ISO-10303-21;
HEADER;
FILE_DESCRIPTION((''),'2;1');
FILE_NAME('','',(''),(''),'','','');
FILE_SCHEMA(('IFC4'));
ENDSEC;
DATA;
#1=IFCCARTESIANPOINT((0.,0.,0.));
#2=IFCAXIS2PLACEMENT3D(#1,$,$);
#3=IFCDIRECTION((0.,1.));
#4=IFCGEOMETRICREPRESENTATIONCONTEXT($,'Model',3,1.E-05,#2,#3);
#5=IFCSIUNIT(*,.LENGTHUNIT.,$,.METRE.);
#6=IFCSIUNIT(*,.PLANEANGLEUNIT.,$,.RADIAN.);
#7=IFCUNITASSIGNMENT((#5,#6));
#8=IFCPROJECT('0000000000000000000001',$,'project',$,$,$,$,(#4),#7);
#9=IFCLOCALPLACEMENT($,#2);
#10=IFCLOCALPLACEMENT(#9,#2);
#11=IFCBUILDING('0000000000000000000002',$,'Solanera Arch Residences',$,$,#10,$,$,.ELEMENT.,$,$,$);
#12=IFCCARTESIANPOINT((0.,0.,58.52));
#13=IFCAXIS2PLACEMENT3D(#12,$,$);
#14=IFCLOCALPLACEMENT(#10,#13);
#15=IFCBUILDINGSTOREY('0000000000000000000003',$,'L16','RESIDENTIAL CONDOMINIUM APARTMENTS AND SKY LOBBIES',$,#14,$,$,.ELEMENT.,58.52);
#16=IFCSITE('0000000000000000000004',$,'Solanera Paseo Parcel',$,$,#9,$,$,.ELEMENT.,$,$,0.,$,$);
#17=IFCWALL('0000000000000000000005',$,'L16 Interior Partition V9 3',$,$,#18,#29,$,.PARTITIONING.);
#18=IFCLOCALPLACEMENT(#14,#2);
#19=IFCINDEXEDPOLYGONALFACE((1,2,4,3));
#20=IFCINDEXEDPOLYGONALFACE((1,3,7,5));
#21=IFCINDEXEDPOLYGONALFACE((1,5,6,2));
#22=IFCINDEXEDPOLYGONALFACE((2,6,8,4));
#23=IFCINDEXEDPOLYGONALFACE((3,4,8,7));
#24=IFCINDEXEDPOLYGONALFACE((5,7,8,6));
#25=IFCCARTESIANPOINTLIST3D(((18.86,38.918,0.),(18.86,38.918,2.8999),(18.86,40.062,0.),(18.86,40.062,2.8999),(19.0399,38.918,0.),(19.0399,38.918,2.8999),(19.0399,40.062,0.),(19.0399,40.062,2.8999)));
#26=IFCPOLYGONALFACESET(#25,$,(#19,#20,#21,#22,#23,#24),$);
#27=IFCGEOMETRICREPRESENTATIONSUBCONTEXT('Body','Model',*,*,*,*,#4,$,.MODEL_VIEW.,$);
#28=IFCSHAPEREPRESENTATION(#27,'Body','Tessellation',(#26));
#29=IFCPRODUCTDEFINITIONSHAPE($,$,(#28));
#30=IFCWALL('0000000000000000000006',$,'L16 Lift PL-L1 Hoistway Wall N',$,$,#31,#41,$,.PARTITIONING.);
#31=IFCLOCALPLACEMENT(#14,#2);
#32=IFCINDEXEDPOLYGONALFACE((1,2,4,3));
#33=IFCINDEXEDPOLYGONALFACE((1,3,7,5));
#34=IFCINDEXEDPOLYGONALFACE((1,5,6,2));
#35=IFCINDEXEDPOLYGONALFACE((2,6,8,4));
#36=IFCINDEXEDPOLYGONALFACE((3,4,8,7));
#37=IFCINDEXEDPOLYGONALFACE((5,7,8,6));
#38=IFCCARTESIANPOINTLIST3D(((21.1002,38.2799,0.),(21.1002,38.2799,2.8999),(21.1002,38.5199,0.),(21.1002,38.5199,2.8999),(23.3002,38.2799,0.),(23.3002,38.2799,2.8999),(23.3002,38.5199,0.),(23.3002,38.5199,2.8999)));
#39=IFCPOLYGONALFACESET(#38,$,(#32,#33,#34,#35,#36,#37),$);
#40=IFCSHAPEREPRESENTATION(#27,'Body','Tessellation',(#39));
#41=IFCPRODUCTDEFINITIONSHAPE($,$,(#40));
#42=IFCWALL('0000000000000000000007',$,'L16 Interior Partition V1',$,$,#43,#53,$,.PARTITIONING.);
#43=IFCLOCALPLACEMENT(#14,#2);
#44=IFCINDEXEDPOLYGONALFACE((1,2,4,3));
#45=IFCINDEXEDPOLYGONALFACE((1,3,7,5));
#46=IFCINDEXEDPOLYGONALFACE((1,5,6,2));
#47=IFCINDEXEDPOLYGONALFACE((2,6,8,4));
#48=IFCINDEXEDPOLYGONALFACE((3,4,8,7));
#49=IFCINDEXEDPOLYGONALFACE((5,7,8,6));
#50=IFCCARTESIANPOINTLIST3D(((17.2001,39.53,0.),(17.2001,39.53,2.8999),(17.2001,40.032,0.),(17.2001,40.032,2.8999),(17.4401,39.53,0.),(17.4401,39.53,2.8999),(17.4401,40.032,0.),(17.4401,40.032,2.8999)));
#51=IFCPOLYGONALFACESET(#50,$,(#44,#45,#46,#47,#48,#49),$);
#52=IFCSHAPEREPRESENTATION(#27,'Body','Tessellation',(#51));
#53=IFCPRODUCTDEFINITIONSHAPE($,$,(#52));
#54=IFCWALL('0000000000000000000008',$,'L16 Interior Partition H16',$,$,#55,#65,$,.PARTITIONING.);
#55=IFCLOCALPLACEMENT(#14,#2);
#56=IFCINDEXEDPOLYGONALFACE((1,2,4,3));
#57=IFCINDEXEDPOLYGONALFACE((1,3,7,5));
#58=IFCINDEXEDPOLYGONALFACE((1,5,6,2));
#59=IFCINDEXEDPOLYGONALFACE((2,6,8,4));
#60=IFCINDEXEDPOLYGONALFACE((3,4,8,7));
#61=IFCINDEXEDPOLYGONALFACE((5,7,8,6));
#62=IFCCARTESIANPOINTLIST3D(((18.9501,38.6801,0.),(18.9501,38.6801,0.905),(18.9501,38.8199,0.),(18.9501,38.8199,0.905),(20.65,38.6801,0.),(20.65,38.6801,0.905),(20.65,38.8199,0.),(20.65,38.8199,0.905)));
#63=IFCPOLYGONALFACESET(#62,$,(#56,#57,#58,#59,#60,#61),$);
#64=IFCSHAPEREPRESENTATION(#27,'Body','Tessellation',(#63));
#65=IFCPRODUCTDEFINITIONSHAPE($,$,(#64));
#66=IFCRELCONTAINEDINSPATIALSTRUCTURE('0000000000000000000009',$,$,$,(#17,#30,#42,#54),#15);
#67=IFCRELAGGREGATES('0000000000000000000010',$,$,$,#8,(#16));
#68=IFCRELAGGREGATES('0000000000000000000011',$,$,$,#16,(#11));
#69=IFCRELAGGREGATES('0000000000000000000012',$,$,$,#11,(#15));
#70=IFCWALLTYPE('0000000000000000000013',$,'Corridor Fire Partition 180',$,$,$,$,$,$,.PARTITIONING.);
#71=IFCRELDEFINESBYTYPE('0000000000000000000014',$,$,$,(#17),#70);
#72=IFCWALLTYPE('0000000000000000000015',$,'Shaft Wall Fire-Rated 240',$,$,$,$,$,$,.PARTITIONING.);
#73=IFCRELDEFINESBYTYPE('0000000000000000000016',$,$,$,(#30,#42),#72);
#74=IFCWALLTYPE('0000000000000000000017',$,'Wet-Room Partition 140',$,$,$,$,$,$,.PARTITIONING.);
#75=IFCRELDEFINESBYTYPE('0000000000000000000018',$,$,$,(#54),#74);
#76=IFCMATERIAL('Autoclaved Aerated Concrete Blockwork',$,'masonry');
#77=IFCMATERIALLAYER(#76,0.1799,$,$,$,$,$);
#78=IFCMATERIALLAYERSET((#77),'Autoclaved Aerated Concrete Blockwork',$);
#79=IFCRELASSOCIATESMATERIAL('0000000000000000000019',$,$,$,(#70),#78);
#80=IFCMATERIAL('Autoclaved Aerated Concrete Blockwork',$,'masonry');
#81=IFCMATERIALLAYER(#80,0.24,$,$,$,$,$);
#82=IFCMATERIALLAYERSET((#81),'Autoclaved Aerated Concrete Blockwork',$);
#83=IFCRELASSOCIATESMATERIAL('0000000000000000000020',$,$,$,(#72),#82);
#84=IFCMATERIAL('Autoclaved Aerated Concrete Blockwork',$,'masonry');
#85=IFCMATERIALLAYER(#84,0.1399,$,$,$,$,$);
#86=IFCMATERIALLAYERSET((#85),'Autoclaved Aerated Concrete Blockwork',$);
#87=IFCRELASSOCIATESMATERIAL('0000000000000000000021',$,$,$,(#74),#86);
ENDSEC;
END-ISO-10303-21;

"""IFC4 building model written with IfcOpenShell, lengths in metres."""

from ifc_helpers import new_model, si_unit, direction, frame, frame_2d, origin, place, context, subcontext, project, spatial, rectangle, extrude, material, layer, layer_set, type_object, element, save


model = new_model("IFC4")

# Units and contexts
model_context = context("Model", 3, precision=1e-05, world=origin(), true_north=direction((0.0, 1.0)))
body_context = subcontext(model_context, "Body", "Model", "MODEL_VIEW")
ifc_project = project(units=[si_unit("LENGTHUNIT", "METRE"), si_unit("PLANEANGLEUNIT", "RADIAN")], contexts=[model_context])

# Site, building, storey
site_placement = place(None, origin())
site = spatial("IfcSite", under=ifc_project, at=site_placement, Name="Solanera Paseo Parcel", CompositionType="ELEMENT", RefElevation=0.0)
building_placement = place(site_placement, origin())
building = spatial("IfcBuilding", under=site, at=building_placement, Name="Solanera Arch Residences", CompositionType="ELEMENT")
storey_placement = place(building_placement, frame((0.0, 0.0, 58.52)))
storey = spatial("IfcBuildingStorey", under=building, at=storey_placement, Name="L16", Description="RESIDENTIAL CONDOMINIUM APARTMENTS AND SKY LOBBIES", CompositionType="ELEMENT", Elevation=58.52)

# Walls
ifc_material_1 = material(Name="Autoclaved Aerated Concrete Blockwork", Category="masonry")
ifc_layer_1 = layer(ifc_material_1, 0.1799)
ifc_layer_set_1 = layer_set([ifc_layer_1], Name="Autoclaved Aerated Concrete Blockwork")
wall_type_1 = type_object("IfcWallType", Name="Corridor Fire Partition 180", PredefinedType="PARTITIONING", material=ifc_layer_set_1)
wall_1_placement = place(storey_placement, frame((18.95, 38.918, 0.0), z_axis=(0.0, 0.0, 1.0), x_axis=(0.0, 1.0, 0.0)))
element("IfcWall", 1, at=wall_1_placement, inside=storey, type_object=wall_type_1, Name="L16 Interior Partition V9 3", PredefinedType="PARTITIONING", context=body_context, shape_type="SweptSolid", body=[
    extrude(rectangle(XDim=1.144, YDim=0.1799, at=frame_2d((0.572, 0.0))), origin(), (0.0, 0.0, 1.0), 2.8999),
])
ifc_material_2 = material(Name="Autoclaved Aerated Concrete Blockwork", Category="masonry")
ifc_layer_2 = layer(ifc_material_2, 0.24)
ifc_layer_set_2 = layer_set([ifc_layer_2], Name="Autoclaved Aerated Concrete Blockwork")
wall_type_2 = type_object("IfcWallType", Name="Shaft Wall Fire-Rated 240", PredefinedType="PARTITIONING", material=ifc_layer_set_2)
wall_2_placement = place(storey_placement, frame((21.1001, 38.3999, 0.0), z_axis=(0.0, 0.0, 1.0), x_axis=(1.0, 0.0, 0.0)))
element("IfcWall", 2, at=wall_2_placement, inside=storey, type_object=wall_type_2, Name="L16 Lift PL-L1 Hoistway Wall N", PredefinedType="PARTITIONING", context=body_context, shape_type="SweptSolid", body=[
    extrude(rectangle(XDim=2.2, YDim=0.24, at=frame_2d((1.1001, 0.0))), origin(), (0.0, 0.0, 1.0), 2.8999),
])
wall_3_placement = place(storey_placement, frame((17.3201, 39.53, 0.0), z_axis=(0.0, 0.0, 1.0), x_axis=(0.0, 1.0, 0.0)))
element("IfcWall", 3, at=wall_3_placement, inside=storey, type_object=wall_type_2, Name="L16 Interior Partition V1", PredefinedType="PARTITIONING", context=body_context, shape_type="SweptSolid", body=[
    extrude(rectangle(XDim=0.502, YDim=0.24, at=frame_2d((0.251, 0.0))), origin(), (0.0, 0.0, 1.0), 2.8999),
])
ifc_material_3 = material(Name="Autoclaved Aerated Concrete Blockwork", Category="masonry")
ifc_layer_3 = layer(ifc_material_3, 0.1399)
ifc_layer_set_3 = layer_set([ifc_layer_3], Name="Autoclaved Aerated Concrete Blockwork")
wall_type_3 = type_object("IfcWallType", Name="Wet-Room Partition 140", PredefinedType="PARTITIONING", material=ifc_layer_set_3)
wall_4_placement = place(storey_placement, frame((18.95, 38.75, 0.0), z_axis=(0.0, 0.0, 1.0), x_axis=(1.0, 0.0, 0.0)))
element("IfcWall", 4, at=wall_4_placement, inside=storey, type_object=wall_type_3, Name="L16 Interior Partition H16", PredefinedType="PARTITIONING", context=body_context, shape_type="SweptSolid", body=[
    extrude(rectangle(XDim=1.7, YDim=0.1399, at=frame_2d((0.8501, 0.0))), origin(), (0.0, 0.0, 1.0), 0.905),
])

save(model, "model.ifc")
